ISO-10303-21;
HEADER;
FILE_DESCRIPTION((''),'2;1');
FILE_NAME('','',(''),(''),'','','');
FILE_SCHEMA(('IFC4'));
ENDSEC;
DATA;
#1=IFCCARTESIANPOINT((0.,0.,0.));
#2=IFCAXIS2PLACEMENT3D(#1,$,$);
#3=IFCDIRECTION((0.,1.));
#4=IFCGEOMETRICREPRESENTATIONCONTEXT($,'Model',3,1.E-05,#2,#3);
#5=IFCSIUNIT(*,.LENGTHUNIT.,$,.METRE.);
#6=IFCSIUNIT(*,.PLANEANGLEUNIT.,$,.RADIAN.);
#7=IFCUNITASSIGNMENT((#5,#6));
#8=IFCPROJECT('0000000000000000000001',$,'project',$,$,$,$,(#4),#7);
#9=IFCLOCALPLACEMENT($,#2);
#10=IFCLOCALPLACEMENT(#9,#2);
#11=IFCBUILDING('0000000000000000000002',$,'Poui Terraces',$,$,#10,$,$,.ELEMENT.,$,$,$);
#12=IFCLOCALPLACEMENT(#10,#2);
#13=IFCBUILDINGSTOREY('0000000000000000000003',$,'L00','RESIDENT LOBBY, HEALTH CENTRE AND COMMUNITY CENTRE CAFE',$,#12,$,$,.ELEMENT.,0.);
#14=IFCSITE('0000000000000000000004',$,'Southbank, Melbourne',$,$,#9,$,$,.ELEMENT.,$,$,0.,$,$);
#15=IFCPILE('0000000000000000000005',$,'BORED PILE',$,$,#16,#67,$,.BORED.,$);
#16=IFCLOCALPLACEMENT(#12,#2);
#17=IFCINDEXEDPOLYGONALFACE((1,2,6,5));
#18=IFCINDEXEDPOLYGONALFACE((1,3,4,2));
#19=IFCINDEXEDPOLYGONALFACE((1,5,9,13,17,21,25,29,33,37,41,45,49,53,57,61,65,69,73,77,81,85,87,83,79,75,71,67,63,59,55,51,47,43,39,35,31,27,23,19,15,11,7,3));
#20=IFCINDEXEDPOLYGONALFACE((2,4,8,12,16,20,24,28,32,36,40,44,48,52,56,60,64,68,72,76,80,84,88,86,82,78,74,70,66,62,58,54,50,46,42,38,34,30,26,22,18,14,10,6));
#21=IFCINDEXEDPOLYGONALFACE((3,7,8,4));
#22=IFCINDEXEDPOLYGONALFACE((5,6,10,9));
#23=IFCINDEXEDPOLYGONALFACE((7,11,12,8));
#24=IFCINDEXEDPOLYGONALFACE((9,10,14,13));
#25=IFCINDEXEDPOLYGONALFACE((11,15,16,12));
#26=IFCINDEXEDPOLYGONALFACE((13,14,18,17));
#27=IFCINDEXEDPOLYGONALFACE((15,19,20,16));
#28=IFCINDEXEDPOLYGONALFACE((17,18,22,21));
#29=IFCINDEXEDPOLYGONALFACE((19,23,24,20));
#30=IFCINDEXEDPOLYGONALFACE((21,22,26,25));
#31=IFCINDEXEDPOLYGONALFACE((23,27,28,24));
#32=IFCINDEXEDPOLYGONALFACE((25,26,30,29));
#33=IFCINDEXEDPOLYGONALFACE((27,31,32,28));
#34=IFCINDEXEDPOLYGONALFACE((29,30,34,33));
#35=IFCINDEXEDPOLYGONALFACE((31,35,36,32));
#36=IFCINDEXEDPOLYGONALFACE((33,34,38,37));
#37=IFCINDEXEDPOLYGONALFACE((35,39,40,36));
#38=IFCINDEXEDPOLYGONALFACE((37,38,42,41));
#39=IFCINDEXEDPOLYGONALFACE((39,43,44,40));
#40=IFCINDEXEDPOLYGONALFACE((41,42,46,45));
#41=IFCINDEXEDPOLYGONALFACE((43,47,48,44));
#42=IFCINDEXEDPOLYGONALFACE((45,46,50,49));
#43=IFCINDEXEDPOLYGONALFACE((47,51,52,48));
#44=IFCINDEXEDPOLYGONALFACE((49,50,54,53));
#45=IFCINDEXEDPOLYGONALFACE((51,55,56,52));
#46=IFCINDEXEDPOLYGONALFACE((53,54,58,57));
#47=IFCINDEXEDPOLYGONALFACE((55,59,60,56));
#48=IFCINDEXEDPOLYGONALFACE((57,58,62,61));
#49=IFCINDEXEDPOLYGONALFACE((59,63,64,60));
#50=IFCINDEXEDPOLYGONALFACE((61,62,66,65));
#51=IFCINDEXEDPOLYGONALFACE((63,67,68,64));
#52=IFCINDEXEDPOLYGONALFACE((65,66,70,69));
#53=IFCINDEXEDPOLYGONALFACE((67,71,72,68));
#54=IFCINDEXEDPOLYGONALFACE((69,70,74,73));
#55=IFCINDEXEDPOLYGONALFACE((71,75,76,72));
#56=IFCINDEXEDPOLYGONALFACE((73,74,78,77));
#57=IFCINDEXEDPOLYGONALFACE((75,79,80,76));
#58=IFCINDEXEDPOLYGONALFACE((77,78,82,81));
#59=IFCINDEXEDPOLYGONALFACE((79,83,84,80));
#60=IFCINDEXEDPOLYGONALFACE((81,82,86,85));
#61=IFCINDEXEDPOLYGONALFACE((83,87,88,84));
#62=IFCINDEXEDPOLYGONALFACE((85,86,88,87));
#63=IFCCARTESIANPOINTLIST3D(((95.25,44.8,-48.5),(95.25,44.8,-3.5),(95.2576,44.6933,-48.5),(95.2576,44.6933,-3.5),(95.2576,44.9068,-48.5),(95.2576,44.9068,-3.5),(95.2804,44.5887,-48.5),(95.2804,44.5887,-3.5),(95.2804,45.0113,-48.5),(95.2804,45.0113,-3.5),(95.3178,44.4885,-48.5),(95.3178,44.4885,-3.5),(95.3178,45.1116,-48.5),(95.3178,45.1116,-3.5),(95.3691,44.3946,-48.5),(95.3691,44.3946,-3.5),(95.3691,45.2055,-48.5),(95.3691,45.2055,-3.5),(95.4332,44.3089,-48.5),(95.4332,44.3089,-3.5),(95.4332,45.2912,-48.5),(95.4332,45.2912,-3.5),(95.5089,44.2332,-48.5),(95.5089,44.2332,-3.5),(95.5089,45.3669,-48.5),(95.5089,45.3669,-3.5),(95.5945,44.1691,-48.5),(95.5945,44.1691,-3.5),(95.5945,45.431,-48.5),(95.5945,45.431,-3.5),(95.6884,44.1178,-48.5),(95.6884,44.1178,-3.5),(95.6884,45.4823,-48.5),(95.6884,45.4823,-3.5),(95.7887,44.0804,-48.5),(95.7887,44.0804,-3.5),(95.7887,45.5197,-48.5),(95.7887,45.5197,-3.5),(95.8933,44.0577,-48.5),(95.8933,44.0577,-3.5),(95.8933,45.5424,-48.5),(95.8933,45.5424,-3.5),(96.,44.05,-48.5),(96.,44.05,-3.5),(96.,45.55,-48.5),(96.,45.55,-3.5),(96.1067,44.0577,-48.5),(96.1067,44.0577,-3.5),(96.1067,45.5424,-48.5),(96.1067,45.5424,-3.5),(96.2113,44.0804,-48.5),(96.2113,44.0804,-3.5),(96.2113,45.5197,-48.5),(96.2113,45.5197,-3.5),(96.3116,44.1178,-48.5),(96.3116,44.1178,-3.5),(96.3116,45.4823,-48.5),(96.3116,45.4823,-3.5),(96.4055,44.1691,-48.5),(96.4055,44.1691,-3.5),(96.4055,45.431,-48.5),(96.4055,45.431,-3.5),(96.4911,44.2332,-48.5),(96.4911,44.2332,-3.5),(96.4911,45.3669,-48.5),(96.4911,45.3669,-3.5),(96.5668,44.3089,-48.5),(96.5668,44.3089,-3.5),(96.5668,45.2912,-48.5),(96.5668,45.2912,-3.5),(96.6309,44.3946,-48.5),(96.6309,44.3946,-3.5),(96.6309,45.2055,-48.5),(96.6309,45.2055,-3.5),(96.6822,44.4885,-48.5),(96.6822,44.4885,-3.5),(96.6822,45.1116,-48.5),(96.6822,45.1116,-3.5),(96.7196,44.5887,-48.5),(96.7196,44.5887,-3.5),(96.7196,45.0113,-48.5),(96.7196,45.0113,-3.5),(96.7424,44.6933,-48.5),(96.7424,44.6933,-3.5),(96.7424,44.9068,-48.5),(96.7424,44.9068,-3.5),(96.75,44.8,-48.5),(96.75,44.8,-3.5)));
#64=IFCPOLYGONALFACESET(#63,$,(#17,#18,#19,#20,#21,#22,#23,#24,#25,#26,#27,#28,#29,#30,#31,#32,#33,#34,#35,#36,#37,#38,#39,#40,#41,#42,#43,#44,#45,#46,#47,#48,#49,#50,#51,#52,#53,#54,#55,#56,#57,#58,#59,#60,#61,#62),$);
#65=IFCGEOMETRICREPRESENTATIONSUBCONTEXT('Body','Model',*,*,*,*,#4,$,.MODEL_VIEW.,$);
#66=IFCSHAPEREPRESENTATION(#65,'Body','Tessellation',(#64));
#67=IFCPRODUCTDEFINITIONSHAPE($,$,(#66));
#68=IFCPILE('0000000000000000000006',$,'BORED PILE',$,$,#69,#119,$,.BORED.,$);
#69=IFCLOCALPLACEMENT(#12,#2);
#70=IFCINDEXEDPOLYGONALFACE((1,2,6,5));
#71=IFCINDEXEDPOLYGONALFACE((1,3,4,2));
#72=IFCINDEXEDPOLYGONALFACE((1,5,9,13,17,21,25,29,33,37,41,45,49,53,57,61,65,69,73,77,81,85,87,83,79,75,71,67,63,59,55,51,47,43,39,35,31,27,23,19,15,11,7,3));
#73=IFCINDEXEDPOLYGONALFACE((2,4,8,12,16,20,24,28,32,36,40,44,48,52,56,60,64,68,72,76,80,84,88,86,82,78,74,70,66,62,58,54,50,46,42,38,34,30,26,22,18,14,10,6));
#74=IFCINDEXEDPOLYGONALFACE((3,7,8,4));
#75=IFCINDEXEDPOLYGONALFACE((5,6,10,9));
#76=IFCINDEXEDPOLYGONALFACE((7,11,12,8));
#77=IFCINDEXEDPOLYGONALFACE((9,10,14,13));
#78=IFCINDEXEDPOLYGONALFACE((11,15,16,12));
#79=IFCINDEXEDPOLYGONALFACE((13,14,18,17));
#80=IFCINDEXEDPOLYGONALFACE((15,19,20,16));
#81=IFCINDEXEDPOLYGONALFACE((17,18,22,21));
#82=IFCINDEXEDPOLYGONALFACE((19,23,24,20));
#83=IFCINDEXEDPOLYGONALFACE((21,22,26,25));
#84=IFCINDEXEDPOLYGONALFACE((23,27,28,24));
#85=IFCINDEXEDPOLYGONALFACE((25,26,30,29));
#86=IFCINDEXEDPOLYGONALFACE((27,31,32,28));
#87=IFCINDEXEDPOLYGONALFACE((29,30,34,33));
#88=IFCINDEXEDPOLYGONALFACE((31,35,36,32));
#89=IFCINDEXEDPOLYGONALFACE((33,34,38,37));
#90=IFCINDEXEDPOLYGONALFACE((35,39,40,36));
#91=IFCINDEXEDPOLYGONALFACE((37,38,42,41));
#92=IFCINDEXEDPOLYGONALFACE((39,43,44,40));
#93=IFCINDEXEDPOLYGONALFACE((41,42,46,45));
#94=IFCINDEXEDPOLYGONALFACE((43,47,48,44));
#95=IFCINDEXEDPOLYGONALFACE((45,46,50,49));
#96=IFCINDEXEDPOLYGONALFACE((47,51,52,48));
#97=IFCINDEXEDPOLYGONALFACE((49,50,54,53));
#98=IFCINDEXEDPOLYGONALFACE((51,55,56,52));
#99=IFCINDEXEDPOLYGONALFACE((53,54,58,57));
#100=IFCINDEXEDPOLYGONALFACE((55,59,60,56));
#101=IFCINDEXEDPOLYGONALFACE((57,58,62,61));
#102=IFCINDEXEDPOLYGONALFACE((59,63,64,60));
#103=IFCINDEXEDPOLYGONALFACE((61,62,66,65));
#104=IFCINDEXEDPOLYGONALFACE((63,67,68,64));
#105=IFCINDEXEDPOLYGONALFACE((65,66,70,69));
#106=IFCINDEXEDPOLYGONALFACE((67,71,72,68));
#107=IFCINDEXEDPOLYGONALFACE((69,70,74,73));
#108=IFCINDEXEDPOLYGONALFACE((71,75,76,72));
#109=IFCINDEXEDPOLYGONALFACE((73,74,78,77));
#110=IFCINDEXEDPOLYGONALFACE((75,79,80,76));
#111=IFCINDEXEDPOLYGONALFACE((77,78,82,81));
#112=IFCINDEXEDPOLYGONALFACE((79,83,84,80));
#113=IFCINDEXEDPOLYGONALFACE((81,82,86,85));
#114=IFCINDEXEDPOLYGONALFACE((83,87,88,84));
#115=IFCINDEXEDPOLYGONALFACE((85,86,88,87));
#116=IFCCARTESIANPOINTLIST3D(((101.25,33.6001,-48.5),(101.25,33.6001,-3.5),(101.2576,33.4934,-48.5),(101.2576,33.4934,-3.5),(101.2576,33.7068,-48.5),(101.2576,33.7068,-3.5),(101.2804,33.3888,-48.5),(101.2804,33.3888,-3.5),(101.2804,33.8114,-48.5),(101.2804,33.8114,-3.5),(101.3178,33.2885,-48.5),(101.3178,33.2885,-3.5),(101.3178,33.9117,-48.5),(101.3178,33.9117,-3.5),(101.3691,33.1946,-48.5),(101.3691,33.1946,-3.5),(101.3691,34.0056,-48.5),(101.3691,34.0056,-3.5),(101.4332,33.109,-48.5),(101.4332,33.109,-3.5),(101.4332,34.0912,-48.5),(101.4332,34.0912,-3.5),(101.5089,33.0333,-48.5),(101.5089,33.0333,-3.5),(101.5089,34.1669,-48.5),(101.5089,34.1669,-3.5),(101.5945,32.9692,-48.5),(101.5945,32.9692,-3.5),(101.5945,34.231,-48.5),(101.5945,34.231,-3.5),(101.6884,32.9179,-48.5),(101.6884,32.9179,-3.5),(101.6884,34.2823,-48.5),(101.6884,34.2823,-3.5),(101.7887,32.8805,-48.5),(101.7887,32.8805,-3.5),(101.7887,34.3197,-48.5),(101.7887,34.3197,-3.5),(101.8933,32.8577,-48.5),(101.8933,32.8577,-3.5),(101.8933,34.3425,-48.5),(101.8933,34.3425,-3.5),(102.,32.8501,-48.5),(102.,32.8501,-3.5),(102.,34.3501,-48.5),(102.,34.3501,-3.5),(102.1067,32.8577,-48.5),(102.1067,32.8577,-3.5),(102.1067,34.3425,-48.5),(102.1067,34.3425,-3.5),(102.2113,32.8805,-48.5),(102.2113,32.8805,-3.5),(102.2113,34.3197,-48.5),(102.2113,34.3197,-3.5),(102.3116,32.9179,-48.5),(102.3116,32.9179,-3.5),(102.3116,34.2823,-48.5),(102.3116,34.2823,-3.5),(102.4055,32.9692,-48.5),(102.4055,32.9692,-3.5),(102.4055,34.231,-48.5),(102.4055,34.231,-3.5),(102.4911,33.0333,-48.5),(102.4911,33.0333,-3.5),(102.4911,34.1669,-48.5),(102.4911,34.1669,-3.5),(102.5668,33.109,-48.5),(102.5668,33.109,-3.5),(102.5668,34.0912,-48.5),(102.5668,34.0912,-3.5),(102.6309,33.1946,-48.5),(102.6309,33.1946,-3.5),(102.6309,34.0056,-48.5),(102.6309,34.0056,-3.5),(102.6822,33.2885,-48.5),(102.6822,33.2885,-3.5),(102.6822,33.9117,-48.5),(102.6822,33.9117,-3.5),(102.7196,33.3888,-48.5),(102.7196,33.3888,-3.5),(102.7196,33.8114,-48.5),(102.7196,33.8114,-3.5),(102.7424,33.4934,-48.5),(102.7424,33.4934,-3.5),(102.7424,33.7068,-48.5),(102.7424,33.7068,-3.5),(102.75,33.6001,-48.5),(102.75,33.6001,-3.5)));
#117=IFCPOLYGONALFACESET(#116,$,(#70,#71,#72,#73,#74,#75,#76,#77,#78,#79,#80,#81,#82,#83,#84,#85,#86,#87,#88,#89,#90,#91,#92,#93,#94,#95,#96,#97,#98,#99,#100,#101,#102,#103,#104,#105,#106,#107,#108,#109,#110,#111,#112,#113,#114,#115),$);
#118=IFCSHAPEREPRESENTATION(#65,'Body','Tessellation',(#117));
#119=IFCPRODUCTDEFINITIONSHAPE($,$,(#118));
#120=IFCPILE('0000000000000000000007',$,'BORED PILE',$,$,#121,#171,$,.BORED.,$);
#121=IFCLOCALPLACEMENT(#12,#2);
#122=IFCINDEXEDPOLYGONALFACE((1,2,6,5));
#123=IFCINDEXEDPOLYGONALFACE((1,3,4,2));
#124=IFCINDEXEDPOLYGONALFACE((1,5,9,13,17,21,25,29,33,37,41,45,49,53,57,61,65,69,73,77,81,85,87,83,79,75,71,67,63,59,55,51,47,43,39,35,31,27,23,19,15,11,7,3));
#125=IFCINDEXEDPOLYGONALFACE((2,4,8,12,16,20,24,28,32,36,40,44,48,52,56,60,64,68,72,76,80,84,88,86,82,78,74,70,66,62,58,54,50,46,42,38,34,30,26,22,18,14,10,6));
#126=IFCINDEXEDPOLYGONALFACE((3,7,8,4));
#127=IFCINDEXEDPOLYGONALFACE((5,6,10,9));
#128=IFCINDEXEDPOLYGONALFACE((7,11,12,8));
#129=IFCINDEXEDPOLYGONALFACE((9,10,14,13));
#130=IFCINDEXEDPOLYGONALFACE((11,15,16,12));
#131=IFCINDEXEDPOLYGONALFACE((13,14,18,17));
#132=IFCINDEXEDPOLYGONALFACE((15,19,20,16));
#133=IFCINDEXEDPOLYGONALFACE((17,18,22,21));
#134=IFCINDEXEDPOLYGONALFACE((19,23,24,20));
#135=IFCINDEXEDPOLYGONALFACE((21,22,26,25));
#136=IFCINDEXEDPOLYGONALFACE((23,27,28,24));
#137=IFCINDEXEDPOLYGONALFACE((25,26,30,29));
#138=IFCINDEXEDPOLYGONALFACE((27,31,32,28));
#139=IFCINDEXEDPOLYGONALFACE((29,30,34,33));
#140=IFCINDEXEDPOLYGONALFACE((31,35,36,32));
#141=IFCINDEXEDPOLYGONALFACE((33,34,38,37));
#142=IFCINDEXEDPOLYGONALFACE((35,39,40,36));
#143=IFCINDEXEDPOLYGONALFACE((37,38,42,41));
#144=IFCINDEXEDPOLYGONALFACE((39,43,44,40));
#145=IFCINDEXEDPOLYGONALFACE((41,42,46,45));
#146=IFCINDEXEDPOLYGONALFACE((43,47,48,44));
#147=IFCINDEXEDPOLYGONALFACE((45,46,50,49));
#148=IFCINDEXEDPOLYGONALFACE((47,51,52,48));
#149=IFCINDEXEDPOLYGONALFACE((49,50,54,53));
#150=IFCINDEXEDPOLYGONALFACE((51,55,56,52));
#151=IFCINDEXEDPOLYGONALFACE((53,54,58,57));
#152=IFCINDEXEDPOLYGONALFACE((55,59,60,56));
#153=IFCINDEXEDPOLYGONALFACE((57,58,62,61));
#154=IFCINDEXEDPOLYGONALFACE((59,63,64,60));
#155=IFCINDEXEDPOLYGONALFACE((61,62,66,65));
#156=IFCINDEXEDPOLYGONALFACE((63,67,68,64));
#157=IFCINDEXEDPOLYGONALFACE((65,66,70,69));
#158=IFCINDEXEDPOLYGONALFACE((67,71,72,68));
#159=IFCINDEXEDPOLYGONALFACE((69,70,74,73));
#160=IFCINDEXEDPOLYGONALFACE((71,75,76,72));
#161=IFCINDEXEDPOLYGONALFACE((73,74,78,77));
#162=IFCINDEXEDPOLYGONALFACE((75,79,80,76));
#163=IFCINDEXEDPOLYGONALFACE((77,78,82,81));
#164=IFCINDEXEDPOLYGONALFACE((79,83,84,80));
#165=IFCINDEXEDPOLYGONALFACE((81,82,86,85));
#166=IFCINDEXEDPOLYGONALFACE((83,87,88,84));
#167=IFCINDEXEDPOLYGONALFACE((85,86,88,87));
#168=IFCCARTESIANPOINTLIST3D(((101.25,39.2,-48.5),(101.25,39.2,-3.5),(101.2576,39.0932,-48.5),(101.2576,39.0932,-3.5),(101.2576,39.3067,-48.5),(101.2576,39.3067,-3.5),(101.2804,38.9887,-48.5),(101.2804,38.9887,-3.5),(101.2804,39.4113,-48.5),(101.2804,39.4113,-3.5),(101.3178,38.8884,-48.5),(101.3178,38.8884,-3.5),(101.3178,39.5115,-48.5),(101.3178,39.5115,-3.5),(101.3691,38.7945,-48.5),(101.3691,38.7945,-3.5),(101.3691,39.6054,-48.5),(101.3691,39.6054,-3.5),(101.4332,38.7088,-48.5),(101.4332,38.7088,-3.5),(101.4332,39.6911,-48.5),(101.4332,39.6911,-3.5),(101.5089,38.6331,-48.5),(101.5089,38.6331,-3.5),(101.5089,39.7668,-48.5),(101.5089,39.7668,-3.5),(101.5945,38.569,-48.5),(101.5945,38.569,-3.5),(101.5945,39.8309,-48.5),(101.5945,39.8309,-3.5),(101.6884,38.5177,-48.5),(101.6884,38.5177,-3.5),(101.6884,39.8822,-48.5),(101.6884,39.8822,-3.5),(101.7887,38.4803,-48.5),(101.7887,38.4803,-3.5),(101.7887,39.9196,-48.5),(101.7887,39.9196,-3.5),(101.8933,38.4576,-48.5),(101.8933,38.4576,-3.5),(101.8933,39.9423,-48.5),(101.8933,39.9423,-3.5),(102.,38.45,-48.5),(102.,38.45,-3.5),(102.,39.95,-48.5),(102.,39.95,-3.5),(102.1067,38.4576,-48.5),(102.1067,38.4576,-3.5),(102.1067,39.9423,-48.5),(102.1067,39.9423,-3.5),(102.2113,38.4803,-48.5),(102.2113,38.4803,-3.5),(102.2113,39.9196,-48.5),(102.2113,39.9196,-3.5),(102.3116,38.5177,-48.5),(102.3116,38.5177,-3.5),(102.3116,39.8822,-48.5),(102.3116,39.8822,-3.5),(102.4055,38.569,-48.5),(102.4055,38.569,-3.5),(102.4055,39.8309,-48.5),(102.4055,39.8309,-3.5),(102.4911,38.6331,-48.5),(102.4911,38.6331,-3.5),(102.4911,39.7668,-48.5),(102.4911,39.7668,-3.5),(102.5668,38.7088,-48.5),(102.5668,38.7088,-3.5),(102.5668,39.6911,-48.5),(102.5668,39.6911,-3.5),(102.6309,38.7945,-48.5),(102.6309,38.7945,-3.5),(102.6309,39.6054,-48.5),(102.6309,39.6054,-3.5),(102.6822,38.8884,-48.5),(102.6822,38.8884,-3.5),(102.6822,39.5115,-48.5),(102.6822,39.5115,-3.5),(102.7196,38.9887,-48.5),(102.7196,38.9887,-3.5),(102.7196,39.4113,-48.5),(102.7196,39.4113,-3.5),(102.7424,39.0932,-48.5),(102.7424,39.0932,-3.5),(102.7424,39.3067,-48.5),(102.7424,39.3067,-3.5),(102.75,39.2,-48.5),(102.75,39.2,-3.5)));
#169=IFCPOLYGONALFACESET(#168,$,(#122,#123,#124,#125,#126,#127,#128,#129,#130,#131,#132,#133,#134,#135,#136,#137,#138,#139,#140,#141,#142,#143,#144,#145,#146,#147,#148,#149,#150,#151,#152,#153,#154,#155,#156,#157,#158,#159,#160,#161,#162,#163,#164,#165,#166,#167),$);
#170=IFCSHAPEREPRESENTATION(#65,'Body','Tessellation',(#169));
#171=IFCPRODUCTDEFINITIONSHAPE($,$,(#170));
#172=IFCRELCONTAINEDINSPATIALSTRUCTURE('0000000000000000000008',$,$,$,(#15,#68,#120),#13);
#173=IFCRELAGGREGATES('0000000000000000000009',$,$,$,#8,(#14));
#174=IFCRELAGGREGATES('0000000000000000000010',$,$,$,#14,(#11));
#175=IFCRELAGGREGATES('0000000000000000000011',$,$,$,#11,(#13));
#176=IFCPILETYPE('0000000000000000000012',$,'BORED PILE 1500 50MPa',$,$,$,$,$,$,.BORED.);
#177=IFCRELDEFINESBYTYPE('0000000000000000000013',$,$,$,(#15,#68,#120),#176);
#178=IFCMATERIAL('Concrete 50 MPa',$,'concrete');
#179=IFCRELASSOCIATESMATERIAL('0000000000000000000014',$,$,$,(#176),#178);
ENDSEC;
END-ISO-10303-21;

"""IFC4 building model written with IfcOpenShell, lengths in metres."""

from ifc_helpers import new_model, si_unit, direction, frame, origin, origin_2d, place, context, subcontext, project, spatial, circle, extrude, material, material_profile, profile_set, type_object, element, save


model = new_model("IFC4")

# Units and contexts
model_context = context("Model", 3, precision=1e-05, world=origin(), true_north=direction((0.0, 1.0)))
body_context = subcontext(model_context, "Body", "Model", "MODEL_VIEW")
ifc_project = project(units=[si_unit("LENGTHUNIT", "METRE"), si_unit("PLANEANGLEUNIT", "RADIAN")], contexts=[model_context])

# Site, building, storey
site_placement = place(None, origin())
site = spatial("IfcSite", under=ifc_project, at=site_placement, Name="Southbank, Melbourne", CompositionType="ELEMENT", RefElevation=0.0)
building_placement = place(site_placement, origin())
building = spatial("IfcBuilding", under=site, at=building_placement, Name="Poui Terraces", CompositionType="ELEMENT")
storey_placement = place(building_placement, origin())
storey = spatial("IfcBuildingStorey", under=building, at=storey_placement, Name="L00", Description="RESIDENT LOBBY, HEALTH CENTRE AND COMMUNITY CENTRE CAFE", CompositionType="ELEMENT", Elevation=0.0)

# Piles
ifc_material_1 = material(Name="Concrete 50 MPa", Category="concrete")
ifc_material_profile_1 = material_profile(ifc_material_1, circle(Radius=0.75, at=origin_2d()), Name="RC D1500")
ifc_profile_set_1 = profile_set([ifc_material_profile_1], Name="Concrete 50 MPa")
pile_type = type_object("IfcPileType", Name="BORED PILE 1500 50MPa", PredefinedType="BORED", material=ifc_profile_set_1)
for number, where, z_axis, x_axis, name in (
    (1, (96.0, 44.8, -3.5), (0.0, 0.0, -1.0), (1.0, 0.0, 0.0), "BORED PILE"),
    (2, (102.0, 33.6001, -3.5), (0.0, 0.0, -1.0), (1.0, 0.0, 0.0), "BORED PILE"),
    (3, (102.0, 39.2, -3.5), (0.0, 0.0, -1.0), (1.0, 0.0, 0.0), "BORED PILE"),
):
    element("IfcPile", number, at=place(storey_placement, frame(where, z_axis=z_axis, x_axis=x_axis)), inside=storey, type_object=pile_type, Name=name, PredefinedType="BORED", context=body_context, shape_type="SweptSolid", body=[
        extrude(circle(Radius=0.75, at=origin_2d()), origin(), (0.0, 0.0, 1.0), 45.0),
    ])

save(model, "model.ifc")
